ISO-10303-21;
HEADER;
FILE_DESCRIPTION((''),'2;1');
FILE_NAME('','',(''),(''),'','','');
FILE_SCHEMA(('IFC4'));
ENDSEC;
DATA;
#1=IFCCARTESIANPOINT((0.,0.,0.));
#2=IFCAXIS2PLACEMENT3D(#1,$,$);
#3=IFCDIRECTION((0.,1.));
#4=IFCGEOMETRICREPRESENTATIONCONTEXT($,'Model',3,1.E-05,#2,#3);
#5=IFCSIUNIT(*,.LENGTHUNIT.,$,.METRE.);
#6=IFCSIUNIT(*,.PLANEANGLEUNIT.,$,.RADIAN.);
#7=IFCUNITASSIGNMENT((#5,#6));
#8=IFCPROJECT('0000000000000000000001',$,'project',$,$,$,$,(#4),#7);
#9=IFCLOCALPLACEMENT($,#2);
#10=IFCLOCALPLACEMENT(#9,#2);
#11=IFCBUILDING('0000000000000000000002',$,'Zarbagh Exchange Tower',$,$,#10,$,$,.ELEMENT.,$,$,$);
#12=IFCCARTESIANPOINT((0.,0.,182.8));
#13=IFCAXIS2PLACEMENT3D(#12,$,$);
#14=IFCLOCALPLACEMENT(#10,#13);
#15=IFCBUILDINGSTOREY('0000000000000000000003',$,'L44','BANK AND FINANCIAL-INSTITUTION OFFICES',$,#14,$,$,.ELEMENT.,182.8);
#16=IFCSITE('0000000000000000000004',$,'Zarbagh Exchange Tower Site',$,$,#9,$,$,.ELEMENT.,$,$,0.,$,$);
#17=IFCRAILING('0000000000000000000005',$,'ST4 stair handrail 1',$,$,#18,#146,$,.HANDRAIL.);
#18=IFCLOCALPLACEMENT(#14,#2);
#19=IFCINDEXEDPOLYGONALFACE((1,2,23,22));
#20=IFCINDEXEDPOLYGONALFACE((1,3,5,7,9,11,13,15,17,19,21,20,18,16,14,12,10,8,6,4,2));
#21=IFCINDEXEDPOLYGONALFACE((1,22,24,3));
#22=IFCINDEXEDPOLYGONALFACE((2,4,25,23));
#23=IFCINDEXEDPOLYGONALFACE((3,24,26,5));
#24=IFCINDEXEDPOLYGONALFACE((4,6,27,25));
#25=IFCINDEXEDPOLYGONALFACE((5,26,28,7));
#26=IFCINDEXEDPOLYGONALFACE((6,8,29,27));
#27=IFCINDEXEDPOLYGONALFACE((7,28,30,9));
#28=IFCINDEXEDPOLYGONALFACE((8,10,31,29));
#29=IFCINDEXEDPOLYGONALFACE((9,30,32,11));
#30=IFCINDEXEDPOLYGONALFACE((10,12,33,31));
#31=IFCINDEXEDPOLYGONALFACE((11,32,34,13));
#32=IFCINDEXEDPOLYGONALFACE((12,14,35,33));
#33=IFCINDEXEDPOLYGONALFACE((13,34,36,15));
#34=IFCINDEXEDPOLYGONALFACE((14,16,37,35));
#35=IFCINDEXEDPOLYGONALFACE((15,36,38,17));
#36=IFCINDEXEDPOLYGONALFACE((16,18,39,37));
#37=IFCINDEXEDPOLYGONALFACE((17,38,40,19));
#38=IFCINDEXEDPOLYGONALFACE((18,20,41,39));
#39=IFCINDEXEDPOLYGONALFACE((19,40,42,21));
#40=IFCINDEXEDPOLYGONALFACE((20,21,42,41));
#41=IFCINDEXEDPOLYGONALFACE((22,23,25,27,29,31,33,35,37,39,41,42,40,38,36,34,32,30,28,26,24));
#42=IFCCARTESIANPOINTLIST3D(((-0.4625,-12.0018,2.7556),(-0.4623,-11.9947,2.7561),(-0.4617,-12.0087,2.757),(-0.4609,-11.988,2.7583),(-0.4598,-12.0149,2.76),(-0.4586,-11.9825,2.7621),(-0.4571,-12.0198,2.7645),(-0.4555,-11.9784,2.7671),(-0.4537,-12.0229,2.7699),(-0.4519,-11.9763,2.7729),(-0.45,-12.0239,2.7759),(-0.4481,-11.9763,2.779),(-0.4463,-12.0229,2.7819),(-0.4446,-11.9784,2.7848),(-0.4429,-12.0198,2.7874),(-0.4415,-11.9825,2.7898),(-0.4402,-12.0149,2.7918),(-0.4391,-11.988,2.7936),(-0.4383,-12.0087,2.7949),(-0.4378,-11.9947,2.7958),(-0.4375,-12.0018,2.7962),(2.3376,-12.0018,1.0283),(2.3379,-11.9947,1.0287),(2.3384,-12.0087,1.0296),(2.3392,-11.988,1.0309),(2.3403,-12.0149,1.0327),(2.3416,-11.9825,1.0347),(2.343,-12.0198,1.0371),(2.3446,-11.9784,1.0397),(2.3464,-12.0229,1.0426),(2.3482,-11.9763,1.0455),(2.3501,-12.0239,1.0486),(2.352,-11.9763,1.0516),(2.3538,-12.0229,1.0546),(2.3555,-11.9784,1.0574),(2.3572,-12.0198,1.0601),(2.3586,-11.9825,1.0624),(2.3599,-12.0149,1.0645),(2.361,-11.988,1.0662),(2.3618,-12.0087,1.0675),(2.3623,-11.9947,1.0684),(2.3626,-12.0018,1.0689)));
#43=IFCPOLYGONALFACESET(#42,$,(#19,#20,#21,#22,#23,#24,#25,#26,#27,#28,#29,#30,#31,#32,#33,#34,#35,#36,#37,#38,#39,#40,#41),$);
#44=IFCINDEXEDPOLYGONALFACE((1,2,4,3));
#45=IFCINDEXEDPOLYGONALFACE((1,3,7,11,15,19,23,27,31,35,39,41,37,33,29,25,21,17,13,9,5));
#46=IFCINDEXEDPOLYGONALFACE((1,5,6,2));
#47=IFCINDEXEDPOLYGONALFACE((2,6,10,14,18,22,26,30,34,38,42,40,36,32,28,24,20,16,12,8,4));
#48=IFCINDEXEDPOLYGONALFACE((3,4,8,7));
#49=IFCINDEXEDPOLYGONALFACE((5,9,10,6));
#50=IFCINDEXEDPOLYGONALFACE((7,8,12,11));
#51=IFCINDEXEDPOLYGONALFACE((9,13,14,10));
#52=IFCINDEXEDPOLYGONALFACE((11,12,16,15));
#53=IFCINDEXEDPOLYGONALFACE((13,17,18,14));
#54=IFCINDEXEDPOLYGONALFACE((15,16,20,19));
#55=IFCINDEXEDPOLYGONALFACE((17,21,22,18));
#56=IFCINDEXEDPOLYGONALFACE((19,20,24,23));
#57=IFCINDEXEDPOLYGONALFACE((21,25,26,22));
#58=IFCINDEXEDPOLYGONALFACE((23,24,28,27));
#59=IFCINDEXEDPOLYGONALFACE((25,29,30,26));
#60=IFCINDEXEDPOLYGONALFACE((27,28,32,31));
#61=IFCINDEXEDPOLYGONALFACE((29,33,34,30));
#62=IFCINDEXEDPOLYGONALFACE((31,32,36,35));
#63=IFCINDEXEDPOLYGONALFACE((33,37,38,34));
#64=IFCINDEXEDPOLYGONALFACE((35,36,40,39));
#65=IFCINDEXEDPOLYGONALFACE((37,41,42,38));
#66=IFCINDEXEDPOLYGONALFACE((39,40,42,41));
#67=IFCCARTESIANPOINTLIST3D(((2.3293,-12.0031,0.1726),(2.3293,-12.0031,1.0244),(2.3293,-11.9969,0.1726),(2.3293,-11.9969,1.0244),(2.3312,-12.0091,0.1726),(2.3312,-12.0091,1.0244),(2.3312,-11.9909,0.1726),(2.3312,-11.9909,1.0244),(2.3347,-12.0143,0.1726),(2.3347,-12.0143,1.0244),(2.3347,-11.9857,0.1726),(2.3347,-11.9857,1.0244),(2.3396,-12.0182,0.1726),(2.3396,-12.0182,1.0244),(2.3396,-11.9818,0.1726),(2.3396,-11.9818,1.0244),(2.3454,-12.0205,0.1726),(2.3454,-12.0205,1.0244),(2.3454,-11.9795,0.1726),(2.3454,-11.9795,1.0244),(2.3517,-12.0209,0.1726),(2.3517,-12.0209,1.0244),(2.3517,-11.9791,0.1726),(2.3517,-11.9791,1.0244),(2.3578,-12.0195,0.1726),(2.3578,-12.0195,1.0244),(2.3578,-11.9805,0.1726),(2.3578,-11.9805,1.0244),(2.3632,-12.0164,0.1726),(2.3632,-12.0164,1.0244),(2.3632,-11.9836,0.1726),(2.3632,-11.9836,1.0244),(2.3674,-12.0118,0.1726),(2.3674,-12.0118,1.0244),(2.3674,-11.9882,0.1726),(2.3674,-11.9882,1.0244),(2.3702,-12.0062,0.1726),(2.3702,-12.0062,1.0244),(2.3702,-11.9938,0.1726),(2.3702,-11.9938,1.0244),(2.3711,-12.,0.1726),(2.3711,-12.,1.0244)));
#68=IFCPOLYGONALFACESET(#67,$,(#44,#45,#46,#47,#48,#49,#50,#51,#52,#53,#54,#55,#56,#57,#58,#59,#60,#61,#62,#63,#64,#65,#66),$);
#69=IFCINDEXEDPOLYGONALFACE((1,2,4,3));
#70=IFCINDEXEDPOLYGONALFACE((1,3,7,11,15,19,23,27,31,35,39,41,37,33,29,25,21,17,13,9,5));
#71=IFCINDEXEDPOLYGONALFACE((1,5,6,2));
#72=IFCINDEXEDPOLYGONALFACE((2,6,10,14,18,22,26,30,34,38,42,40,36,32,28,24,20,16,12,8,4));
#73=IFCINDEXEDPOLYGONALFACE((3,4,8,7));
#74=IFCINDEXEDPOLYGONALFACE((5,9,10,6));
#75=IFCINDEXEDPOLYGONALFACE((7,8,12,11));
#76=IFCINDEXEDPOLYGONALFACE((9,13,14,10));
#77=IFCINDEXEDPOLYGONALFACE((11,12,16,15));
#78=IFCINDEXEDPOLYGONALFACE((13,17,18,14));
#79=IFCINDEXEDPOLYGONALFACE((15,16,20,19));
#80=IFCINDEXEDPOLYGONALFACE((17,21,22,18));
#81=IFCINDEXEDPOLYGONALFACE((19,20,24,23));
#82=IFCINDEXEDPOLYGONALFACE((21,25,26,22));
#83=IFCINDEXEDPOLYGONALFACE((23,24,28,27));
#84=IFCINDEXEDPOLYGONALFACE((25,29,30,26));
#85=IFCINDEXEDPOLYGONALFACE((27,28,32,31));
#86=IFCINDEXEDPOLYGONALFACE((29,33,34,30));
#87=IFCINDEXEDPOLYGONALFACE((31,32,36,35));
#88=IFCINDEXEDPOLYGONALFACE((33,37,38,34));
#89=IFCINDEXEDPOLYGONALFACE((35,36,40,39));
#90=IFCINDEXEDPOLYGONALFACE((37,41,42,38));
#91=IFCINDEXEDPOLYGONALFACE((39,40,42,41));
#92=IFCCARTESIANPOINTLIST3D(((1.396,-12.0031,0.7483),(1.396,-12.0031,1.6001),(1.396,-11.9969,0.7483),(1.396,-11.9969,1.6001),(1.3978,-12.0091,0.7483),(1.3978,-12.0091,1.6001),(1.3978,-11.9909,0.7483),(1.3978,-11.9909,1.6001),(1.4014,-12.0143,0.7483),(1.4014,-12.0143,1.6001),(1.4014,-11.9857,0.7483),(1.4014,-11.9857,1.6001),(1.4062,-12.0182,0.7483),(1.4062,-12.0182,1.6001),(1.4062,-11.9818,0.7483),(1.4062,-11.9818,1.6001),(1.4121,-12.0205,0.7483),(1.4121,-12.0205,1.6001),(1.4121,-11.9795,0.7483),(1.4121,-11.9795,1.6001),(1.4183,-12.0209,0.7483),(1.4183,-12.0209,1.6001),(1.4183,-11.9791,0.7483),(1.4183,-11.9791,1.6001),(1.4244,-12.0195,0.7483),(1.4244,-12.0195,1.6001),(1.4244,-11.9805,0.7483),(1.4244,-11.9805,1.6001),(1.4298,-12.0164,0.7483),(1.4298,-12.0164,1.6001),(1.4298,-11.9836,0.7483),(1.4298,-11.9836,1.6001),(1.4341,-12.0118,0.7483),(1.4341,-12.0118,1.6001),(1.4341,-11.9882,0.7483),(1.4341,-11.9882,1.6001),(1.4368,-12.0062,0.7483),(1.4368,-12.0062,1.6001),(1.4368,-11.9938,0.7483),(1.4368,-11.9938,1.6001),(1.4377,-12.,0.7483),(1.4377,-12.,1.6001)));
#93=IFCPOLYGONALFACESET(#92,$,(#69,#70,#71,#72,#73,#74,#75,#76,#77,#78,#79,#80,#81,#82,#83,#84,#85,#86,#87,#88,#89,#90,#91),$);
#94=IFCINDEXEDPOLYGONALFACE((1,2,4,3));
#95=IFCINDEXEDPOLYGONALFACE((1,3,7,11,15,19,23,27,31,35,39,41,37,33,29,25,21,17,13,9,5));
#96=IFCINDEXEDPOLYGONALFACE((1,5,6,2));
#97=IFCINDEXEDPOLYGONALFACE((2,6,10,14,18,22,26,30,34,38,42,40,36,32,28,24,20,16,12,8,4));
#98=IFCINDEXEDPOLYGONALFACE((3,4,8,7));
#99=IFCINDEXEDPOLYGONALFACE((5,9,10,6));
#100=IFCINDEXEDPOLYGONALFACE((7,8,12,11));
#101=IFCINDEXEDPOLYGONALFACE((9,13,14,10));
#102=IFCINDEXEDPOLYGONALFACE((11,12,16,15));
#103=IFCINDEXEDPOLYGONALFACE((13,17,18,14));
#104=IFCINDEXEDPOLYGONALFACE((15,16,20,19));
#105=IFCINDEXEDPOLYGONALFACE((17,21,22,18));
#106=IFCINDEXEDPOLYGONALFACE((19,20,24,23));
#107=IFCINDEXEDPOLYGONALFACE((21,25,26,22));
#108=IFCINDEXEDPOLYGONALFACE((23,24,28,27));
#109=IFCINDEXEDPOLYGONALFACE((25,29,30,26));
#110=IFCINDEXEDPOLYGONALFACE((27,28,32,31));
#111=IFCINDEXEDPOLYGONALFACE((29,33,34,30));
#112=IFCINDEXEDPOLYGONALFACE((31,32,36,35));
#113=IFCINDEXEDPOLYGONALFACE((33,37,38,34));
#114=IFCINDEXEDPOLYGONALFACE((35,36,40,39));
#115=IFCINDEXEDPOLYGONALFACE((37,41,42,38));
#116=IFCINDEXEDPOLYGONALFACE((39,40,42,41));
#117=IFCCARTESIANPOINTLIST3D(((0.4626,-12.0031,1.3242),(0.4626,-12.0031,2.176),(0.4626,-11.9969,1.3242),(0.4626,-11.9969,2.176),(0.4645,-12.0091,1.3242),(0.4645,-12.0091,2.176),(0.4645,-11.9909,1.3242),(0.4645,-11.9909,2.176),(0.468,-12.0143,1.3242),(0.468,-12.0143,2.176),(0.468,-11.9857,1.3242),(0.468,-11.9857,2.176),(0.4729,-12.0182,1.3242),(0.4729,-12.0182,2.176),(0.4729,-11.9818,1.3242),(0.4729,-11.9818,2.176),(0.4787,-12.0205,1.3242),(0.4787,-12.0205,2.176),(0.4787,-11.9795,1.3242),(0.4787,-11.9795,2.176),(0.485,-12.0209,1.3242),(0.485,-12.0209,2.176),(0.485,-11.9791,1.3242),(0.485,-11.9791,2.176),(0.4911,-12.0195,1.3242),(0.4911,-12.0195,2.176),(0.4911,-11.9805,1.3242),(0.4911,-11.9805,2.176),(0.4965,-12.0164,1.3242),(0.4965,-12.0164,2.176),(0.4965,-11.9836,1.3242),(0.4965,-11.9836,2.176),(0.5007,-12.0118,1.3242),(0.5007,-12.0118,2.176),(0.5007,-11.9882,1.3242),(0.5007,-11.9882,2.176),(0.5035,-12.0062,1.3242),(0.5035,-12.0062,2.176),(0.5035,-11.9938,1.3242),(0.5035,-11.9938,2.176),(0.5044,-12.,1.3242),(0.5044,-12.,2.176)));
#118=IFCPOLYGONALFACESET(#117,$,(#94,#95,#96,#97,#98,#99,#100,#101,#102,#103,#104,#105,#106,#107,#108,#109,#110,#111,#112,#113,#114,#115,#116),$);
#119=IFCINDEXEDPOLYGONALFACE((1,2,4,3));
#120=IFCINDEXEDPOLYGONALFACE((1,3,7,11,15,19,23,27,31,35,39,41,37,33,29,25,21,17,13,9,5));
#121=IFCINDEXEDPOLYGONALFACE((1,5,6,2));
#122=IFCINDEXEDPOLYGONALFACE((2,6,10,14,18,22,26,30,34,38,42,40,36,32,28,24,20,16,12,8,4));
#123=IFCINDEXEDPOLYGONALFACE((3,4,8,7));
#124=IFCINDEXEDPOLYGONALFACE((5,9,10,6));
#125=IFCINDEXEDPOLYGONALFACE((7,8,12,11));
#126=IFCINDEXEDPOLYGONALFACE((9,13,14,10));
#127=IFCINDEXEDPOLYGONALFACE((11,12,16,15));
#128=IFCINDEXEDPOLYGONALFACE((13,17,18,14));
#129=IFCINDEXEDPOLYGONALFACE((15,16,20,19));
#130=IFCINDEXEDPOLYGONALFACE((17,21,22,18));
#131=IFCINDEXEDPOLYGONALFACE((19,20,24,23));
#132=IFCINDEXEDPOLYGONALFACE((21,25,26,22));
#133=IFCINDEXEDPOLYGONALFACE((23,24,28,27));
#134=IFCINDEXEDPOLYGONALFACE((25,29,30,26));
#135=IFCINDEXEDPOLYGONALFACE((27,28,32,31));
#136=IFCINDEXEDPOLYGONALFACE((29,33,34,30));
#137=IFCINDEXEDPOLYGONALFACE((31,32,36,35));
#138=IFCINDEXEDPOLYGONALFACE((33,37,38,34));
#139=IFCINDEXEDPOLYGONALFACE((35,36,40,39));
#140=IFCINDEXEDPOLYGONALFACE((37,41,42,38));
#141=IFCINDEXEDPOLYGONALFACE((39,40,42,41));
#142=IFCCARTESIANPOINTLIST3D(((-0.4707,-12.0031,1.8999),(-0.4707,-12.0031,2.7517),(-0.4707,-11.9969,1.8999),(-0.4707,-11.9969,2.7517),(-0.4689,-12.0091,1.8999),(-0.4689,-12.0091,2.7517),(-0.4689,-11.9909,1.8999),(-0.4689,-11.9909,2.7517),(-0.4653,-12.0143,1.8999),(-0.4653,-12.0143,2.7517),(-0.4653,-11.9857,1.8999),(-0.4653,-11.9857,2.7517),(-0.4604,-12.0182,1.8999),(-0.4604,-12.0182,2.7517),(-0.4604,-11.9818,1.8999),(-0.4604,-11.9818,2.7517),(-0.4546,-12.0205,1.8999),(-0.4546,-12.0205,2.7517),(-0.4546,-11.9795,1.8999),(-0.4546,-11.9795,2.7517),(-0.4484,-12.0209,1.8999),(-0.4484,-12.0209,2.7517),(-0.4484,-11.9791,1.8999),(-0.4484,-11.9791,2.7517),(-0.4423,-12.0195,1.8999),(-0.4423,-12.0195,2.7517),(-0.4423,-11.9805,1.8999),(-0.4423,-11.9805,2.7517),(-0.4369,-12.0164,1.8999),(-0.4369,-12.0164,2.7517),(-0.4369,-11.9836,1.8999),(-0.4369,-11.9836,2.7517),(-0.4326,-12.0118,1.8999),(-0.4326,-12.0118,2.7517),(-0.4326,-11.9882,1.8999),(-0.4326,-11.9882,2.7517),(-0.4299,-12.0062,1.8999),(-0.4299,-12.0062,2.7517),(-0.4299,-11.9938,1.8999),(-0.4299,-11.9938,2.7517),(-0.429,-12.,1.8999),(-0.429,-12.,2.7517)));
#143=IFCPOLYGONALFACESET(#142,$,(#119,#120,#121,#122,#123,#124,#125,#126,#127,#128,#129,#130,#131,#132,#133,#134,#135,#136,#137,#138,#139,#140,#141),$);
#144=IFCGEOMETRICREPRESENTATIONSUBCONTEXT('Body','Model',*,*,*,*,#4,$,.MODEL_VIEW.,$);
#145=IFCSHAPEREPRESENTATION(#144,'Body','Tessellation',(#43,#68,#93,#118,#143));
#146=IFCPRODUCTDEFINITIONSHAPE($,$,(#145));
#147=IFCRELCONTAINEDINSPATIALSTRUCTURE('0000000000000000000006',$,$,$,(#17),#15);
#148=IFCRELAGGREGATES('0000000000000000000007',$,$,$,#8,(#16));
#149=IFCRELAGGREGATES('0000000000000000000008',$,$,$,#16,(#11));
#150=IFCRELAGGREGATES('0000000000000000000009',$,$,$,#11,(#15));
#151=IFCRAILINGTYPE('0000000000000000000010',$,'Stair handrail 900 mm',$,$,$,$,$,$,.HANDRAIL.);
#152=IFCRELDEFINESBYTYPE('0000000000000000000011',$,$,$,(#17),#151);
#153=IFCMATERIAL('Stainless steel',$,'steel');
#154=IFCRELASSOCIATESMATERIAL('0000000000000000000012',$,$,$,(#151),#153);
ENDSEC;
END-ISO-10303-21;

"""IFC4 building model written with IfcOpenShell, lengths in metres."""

from ifc_helpers import new_model, si_unit, direction, frame, origin, origin_2d, place, context, subcontext, project, spatial, circle, extrude, material, type_object, element, save


model = new_model("IFC4")

# Units and contexts
model_context = context("Model", 3, precision=1e-05, world=origin(), true_north=direction((0.0, 1.0)))
body_context = subcontext(model_context, "Body", "Model", "MODEL_VIEW")
ifc_project = project(units=[si_unit("LENGTHUNIT", "METRE"), si_unit("PLANEANGLEUNIT", "RADIAN")], contexts=[model_context])

# Site, building, storey
site_placement = place(None, origin())
site = spatial("IfcSite", under=ifc_project, at=site_placement, Name="Zarbagh Exchange Tower Site", CompositionType="ELEMENT", RefElevation=0.0)
building_placement = place(site_placement, origin())
building = spatial("IfcBuilding", under=site, at=building_placement, Name="Zarbagh Exchange Tower", CompositionType="ELEMENT")
storey_placement = place(building_placement, frame((0.0, 0.0, 182.8)))
storey = spatial("IfcBuildingStorey", under=building, at=storey_placement, Name="L44", Description="BANK AND FINANCIAL-INSTITUTION OFFICES", CompositionType="ELEMENT", Elevation=182.8)

# Shared definitions
ifc_material_1 = material(Name="Stainless steel", Category="steel")

# Railing
railing_type_1 = type_object("IfcRailingType", Name="Stair handrail 900 mm", PredefinedType="HANDRAIL", material=ifc_material_1)
for number, where, name in (
    (1, (2.3501, -12.0, 0.1726), "ST4 stair handrail 1"),
):
    element("IfcRailing", number, at=place(storey_placement, frame(where)), inside=storey, type_object=railing_type_1, Name=name, PredefinedType="HANDRAIL", context=body_context, shape_type="SweptSolid", body=[
        extrude(circle(Radius=0.0239, at=origin_2d()), frame((0.0, 0.0, 0.876), z_axis=(-0.85109, 0.0, 0.52502), x_axis=(0.0, -1.0, 0.0)), (0.0, 0.0, 1.0), 3.29),
        extrude(circle(Radius=0.021, at=origin_2d()), origin(), (0.0, 0.0, 1.0), 0.8518),
        extrude(circle(Radius=0.021, at=origin_2d()), frame((-0.9333, 0.0, 0.5757)), (0.0, 0.0, 1.0), 0.8518),
        extrude(circle(Radius=0.021, at=origin_2d()), frame((-1.8667, 0.0, 1.1516)), (0.0, 0.0, 1.0), 0.8518),
        extrude(circle(Radius=0.021, at=origin_2d()), frame((-2.8, 0.0, 1.7273)), (0.0, 0.0, 1.0), 0.8518),
    ])

save(model, "model.ifc")
